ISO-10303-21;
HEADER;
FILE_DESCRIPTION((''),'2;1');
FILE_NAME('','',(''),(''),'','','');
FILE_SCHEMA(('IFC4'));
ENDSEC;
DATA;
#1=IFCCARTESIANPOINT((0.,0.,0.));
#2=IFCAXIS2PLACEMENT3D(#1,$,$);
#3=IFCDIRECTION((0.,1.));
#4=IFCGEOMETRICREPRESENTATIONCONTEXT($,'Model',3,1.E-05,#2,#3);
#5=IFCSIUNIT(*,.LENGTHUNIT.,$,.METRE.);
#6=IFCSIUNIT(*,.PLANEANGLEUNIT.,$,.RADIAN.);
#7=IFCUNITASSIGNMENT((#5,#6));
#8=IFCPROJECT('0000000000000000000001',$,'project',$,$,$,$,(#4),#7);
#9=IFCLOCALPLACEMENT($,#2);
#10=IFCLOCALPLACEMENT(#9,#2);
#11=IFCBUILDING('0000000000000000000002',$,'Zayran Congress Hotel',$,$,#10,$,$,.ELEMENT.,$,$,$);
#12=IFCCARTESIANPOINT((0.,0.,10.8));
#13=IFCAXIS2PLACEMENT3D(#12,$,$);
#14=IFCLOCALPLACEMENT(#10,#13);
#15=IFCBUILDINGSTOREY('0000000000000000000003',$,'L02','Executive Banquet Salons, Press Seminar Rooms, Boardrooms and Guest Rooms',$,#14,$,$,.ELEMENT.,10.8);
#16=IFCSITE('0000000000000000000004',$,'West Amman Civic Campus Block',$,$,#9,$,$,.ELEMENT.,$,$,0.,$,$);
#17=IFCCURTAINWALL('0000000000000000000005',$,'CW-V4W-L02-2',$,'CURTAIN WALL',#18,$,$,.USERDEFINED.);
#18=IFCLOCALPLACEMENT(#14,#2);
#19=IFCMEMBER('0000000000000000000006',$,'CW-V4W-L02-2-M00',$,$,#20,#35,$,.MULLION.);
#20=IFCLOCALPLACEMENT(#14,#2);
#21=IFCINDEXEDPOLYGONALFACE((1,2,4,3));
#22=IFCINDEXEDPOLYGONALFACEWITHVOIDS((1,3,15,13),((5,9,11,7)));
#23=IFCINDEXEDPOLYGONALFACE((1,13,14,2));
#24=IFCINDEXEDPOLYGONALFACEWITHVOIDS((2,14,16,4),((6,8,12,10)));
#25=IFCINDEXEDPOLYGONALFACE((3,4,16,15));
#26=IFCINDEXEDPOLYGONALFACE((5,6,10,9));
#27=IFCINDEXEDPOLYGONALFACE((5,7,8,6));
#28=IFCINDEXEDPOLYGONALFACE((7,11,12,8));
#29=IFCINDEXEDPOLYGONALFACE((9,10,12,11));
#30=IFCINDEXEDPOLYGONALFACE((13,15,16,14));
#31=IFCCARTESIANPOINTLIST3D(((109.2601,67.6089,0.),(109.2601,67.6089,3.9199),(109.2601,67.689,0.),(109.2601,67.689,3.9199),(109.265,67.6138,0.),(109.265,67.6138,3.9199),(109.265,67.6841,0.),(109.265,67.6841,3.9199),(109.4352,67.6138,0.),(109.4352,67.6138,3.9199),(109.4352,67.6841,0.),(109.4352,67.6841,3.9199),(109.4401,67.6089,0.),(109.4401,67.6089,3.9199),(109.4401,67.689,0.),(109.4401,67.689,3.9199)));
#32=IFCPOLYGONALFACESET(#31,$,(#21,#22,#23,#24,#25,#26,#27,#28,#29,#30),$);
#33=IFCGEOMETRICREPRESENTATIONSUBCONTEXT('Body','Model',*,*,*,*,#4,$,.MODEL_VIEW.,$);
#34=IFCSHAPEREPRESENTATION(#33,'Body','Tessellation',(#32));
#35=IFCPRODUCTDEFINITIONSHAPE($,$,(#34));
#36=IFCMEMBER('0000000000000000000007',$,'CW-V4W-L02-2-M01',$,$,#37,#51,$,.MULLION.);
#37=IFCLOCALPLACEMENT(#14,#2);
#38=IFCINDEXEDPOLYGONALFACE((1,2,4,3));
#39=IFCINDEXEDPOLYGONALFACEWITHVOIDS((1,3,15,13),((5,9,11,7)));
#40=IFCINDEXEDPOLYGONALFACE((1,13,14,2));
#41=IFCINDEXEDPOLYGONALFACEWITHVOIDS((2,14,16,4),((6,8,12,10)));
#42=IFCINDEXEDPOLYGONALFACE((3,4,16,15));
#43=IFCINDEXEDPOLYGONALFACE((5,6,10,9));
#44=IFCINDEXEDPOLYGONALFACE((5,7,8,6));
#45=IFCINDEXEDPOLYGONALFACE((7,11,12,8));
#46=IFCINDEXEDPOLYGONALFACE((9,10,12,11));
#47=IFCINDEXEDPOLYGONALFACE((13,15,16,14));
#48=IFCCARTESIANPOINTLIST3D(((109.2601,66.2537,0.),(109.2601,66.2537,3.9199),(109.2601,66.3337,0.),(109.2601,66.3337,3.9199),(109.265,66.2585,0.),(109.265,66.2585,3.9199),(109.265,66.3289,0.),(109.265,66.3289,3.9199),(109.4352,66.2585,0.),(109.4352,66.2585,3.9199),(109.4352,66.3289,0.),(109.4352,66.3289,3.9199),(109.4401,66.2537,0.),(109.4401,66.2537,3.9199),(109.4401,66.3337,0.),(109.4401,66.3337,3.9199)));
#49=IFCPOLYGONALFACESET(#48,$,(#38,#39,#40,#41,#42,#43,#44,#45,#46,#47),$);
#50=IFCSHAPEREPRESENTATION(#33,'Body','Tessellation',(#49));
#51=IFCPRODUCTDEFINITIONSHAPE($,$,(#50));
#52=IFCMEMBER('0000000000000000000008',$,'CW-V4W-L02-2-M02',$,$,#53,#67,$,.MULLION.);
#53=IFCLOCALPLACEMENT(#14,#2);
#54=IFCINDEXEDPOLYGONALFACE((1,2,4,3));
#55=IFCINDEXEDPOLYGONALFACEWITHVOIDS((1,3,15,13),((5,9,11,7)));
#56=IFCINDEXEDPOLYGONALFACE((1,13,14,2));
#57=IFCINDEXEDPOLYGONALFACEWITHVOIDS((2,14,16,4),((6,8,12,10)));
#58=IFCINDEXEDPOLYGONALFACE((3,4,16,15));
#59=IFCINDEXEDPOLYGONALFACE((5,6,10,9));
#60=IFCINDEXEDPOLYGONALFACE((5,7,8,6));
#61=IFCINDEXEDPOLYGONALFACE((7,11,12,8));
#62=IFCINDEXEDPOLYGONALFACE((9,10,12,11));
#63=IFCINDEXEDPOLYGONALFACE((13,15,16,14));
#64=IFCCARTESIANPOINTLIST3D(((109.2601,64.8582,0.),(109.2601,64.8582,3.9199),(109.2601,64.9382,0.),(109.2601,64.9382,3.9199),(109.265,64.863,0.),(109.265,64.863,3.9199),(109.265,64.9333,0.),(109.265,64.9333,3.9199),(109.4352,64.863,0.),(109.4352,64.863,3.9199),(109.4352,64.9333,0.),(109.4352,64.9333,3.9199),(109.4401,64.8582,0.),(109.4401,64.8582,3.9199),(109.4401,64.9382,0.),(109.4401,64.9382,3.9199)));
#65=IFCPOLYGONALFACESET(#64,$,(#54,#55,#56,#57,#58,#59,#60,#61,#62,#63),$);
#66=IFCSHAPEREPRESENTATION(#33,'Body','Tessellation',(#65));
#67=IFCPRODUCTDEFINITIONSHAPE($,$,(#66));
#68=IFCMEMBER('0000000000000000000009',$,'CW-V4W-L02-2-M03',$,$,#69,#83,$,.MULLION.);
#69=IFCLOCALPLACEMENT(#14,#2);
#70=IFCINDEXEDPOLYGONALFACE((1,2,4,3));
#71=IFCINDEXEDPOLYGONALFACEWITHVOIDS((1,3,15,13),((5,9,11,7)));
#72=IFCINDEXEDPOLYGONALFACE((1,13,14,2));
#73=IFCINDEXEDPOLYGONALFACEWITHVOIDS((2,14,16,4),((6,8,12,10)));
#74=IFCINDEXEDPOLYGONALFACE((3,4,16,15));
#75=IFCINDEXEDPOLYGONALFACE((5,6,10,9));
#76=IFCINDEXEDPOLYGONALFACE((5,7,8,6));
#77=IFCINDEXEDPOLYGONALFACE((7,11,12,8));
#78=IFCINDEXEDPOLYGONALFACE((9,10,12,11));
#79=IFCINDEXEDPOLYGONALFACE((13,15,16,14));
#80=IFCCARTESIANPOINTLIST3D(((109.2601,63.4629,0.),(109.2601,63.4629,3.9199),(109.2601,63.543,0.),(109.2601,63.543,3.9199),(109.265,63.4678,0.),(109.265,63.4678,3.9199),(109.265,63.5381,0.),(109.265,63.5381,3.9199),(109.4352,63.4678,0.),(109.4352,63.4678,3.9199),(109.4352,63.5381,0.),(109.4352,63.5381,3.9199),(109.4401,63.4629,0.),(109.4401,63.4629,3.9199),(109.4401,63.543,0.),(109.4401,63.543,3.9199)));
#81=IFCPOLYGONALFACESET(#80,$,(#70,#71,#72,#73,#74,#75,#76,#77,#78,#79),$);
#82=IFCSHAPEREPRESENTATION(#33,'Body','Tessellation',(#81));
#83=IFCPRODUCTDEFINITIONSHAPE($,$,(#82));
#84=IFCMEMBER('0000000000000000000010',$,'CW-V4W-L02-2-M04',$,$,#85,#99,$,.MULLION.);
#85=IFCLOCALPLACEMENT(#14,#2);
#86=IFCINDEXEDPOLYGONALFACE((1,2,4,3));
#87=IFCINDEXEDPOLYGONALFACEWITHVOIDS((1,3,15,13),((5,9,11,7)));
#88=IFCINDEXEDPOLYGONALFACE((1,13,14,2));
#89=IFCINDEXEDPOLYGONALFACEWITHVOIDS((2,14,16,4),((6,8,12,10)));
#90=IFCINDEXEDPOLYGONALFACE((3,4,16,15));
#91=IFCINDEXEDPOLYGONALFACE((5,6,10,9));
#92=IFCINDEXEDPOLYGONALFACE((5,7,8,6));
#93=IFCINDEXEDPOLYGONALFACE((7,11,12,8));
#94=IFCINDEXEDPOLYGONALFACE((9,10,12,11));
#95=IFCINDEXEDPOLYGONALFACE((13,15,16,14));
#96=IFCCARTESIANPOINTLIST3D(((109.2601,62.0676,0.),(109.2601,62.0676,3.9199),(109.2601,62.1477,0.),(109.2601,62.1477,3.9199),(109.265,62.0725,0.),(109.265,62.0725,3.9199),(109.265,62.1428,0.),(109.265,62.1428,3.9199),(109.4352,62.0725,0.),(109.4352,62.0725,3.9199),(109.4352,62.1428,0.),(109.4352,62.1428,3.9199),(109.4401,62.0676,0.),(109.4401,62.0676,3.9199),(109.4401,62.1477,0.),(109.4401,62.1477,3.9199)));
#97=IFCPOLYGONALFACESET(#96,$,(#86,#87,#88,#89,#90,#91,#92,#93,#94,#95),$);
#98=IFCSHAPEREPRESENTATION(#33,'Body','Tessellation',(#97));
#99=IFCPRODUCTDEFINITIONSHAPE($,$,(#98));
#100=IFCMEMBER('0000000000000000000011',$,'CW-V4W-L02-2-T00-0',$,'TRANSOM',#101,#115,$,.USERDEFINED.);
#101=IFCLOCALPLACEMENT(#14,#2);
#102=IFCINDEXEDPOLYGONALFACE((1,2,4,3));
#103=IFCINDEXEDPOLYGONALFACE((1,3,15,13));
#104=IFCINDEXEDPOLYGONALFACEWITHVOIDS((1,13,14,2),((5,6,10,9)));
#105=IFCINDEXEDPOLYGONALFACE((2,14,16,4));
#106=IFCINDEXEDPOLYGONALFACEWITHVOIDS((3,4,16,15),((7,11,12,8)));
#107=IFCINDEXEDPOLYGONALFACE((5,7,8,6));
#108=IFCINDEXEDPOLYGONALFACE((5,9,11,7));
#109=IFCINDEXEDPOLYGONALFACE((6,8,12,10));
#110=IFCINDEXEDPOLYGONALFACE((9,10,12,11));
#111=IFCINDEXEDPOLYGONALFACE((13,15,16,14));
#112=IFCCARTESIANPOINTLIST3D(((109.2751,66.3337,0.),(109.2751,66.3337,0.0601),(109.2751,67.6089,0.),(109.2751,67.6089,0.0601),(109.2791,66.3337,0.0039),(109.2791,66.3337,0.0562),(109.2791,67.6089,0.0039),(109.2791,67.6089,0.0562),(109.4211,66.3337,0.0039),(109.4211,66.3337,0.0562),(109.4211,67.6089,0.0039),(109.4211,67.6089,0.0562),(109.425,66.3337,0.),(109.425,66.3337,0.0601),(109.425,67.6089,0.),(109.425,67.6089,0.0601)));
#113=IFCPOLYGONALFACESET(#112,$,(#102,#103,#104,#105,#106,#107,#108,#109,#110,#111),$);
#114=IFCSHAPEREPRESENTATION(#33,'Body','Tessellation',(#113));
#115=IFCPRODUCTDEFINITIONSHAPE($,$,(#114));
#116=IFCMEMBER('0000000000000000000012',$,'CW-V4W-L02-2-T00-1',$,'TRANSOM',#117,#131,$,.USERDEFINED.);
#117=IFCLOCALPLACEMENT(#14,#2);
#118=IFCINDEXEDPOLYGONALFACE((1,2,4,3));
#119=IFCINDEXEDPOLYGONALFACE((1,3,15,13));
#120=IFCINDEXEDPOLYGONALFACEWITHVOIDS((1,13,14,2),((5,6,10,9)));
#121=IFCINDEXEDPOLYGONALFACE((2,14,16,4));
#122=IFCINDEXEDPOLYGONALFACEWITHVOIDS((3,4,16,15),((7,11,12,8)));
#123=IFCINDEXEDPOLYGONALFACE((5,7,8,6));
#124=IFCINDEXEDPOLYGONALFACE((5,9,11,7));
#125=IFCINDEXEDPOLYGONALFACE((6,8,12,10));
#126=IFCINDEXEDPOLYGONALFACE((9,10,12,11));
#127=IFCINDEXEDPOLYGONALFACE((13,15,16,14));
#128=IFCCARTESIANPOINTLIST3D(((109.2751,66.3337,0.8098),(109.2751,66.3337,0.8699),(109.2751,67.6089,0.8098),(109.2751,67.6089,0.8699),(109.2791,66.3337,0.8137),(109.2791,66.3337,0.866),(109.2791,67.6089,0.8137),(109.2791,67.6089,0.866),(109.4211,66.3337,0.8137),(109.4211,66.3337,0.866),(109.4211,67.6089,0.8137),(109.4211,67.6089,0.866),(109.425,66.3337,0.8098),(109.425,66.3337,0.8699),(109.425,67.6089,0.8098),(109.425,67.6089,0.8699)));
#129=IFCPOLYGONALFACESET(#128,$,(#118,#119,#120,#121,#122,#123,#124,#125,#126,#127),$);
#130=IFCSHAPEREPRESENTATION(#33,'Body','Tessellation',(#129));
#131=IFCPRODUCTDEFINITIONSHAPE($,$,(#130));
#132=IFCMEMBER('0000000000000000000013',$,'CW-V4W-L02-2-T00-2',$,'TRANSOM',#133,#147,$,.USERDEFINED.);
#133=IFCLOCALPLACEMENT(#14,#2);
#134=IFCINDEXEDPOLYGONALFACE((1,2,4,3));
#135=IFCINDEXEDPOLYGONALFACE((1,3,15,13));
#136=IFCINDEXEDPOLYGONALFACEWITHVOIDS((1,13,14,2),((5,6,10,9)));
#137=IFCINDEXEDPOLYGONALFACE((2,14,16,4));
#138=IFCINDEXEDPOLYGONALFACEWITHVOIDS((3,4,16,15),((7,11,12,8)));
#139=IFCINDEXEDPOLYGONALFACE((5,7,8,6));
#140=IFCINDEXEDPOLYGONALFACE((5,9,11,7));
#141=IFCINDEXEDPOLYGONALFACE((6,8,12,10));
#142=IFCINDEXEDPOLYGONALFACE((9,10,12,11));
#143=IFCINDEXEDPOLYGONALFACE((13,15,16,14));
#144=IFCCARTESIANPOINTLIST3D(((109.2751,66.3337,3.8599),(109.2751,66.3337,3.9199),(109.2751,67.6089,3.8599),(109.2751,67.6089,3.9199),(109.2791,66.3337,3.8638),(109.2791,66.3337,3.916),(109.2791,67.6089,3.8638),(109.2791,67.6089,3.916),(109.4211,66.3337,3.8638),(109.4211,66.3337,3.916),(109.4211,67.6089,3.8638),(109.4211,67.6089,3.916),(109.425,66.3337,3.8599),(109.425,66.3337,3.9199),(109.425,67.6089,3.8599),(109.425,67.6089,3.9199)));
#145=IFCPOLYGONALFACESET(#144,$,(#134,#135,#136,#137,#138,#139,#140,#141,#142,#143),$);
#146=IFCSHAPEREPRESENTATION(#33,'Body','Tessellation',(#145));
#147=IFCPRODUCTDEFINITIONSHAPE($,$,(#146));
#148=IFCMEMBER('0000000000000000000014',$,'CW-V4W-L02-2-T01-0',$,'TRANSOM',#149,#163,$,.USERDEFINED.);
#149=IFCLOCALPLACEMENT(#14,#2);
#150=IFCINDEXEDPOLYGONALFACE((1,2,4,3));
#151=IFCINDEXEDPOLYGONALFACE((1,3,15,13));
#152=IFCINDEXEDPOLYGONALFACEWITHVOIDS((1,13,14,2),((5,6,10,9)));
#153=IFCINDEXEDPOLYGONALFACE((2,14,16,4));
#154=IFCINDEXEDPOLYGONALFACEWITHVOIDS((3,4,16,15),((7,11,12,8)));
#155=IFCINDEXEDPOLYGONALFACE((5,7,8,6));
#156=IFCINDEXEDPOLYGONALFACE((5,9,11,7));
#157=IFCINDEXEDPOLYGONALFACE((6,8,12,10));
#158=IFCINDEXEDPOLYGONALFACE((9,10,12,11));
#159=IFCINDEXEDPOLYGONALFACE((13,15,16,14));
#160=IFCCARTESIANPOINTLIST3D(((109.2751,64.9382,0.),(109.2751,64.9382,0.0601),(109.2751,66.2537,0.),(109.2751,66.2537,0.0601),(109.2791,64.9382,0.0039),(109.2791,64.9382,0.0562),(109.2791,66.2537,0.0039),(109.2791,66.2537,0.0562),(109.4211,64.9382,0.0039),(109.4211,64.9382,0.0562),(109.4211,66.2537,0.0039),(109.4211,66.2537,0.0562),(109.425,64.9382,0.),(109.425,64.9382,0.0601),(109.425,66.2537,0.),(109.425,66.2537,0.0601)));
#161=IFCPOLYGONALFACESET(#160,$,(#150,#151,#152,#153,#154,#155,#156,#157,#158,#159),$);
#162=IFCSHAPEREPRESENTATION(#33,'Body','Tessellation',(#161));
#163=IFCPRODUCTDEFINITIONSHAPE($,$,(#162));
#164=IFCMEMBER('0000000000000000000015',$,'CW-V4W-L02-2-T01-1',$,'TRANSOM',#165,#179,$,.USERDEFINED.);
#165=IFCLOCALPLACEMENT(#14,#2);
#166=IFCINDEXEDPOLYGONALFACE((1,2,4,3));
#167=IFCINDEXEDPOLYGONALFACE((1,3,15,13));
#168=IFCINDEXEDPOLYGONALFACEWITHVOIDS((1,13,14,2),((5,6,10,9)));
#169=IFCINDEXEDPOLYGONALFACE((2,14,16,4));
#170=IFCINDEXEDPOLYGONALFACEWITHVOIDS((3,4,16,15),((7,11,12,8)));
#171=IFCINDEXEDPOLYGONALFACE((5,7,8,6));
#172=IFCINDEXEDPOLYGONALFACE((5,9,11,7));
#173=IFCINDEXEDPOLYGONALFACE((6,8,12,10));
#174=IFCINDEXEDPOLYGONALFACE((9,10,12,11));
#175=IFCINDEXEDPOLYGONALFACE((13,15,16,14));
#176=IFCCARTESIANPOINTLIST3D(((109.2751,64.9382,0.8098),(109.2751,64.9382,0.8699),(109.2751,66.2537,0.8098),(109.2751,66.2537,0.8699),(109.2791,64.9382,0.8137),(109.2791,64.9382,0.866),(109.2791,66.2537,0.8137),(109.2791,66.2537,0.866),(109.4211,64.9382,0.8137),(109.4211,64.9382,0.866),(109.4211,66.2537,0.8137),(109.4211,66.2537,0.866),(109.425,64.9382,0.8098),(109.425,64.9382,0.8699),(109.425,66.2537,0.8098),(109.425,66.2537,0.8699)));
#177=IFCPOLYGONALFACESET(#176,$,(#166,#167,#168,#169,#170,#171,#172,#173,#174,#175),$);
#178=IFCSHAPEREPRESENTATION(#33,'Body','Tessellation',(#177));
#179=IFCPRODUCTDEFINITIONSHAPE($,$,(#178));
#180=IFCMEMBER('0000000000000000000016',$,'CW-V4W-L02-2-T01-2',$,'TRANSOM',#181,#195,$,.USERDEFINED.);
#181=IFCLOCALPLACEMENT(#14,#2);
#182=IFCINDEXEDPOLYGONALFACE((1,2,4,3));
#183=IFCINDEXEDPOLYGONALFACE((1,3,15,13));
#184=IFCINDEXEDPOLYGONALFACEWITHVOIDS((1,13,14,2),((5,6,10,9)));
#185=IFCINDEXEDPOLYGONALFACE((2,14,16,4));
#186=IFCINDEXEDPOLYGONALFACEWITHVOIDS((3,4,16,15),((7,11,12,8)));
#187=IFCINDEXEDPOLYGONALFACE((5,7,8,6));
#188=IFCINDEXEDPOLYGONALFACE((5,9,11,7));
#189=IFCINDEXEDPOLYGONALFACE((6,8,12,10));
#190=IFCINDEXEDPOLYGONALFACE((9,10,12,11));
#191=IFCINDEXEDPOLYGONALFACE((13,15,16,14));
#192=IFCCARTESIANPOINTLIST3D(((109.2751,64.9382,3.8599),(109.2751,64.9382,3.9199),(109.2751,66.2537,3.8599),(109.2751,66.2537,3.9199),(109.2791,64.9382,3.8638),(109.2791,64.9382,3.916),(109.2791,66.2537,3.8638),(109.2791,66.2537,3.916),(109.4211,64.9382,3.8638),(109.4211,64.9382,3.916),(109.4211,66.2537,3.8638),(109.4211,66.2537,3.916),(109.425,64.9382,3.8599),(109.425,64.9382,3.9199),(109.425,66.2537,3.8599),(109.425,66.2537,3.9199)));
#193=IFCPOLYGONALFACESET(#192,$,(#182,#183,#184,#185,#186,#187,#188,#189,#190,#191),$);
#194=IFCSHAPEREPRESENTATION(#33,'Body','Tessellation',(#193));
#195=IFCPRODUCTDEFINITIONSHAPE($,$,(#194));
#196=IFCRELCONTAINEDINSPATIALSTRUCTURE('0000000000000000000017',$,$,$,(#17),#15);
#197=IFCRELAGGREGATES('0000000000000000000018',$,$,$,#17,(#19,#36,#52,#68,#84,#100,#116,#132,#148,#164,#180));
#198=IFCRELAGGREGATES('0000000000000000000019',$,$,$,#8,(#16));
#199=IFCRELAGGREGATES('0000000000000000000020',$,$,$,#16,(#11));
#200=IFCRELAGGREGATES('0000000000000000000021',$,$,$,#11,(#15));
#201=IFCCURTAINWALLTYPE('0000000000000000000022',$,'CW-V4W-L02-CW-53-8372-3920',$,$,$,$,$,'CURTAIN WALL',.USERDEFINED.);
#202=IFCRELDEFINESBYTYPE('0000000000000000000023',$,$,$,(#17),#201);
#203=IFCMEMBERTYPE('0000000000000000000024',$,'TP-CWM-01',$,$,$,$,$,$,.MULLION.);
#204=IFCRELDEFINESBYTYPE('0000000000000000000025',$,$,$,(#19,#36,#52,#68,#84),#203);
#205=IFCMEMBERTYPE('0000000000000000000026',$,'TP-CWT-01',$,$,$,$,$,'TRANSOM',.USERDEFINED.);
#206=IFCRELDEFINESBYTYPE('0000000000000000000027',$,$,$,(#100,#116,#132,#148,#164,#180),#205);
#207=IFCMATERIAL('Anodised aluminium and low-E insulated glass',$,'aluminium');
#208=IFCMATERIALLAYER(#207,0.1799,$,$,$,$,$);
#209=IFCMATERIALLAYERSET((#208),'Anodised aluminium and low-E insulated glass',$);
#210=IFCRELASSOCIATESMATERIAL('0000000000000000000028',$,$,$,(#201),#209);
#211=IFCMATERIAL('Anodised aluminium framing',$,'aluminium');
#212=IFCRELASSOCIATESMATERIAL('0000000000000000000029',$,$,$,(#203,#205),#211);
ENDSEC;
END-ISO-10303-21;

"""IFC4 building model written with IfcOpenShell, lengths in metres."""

from ifc_helpers import new_model, si_unit, direction, frame, origin, origin_2d, place, context, subcontext, project, spatial, hollow_rectangle, extrude, material, layer, layer_set, material_profile, profile_set, type_object, element, aggregate, save


model = new_model("IFC4")

# Units and contexts
model_context = context("Model", 3, precision=1e-05, world=origin(), true_north=direction((0.0, 1.0)))
body_context = subcontext(model_context, "Body", "Model", "MODEL_VIEW")
ifc_project = project(units=[si_unit("LENGTHUNIT", "METRE"), si_unit("PLANEANGLEUNIT", "RADIAN")], contexts=[model_context])

# Site, building, storey
site_placement = place(None, origin())
site = spatial("IfcSite", under=ifc_project, at=site_placement, Name="West Amman Civic Campus Block", CompositionType="ELEMENT", RefElevation=0.0)
building_placement = place(site_placement, origin())
building = spatial("IfcBuilding", under=site, at=building_placement, Name="Zayran Congress Hotel", CompositionType="ELEMENT")
storey_placement = place(building_placement, frame((0.0, 0.0, 10.8)))
storey = spatial("IfcBuildingStorey", under=building, at=storey_placement, Name="L02", Description="Executive Banquet Salons, Press Seminar Rooms, Boardrooms and Guest Rooms", CompositionType="ELEMENT", Elevation=10.8)

# Curtain wall, members
ifc_material_1 = material(Name="Anodised aluminium and low-E insulated glass", Category="aluminium")
ifc_layer_1 = layer(ifc_material_1, 0.1799)
ifc_layer_set_1 = layer_set([ifc_layer_1], Name="Anodised aluminium and low-E insulated glass")
curtain_wall_type = type_object("IfcCurtainWallType", Name="CW-V4W-L02-CW-53-8372-3920", ElementType="CURTAIN WALL", PredefinedType="USERDEFINED", material=ifc_layer_set_1)
curtain_wall_placement = place(storey_placement, origin())
curtain_wall = element("IfcCurtainWall", 1, at=curtain_wall_placement, inside=storey, type_object=curtain_wall_type, Name="CW-V4W-L02-2", ObjectType="CURTAIN WALL", PredefinedType="USERDEFINED")
ifc_material_2 = material(Name="Anodised aluminium framing", Category="aluminium")
ifc_material_profile_1 = material_profile(ifc_material_2, hollow_rectangle(XDim=0.0801, YDim=0.1799, WallThickness=0.0049, at=origin_2d()), Name="RHS 180x80x5")
ifc_profile_set_1 = profile_set([ifc_material_profile_1], Name="Anodised aluminium framing")
member_type_1 = type_object("IfcMemberType", Name="TP-CWM-01", PredefinedType="MULLION", material=ifc_profile_set_1)
member_1_placement = place(storey_placement, frame((109.3501, 67.6489, 0.0), z_axis=(0.0, 0.0, 1.0), x_axis=(0.0, 1.0, 0.0)))
member_1 = element("IfcMember", 2, at=member_1_placement, type_object=member_type_1, Name="CW-V4W-L02-2-M00", PredefinedType="MULLION", context=body_context, shape_type="SweptSolid", body=[
    extrude(hollow_rectangle(XDim=0.0801, YDim=0.1799, WallThickness=0.0049, at=origin_2d()), origin(), (0.0, 0.0, 1.0), 3.9199),
])
member_2_placement = place(storey_placement, frame((109.3501, 66.2937, 0.0), z_axis=(0.0, 0.0, 1.0), x_axis=(0.0, 1.0, 0.0)))
member_2 = element("IfcMember", 3, at=member_2_placement, type_object=member_type_1, Name="CW-V4W-L02-2-M01", PredefinedType="MULLION", context=body_context, shape_type="SweptSolid", body=[
    extrude(hollow_rectangle(XDim=0.0801, YDim=0.1799, WallThickness=0.0049, at=origin_2d()), origin(), (0.0, 0.0, 1.0), 3.9199),
])
member_3_placement = place(storey_placement, frame((109.3501, 64.8982, 0.0), z_axis=(0.0, 0.0, 1.0), x_axis=(0.0, 1.0, 0.0)))
member_3 = element("IfcMember", 4, at=member_3_placement, type_object=member_type_1, Name="CW-V4W-L02-2-M02", PredefinedType="MULLION", context=body_context, shape_type="SweptSolid", body=[
    extrude(hollow_rectangle(XDim=0.0801, YDim=0.1799, WallThickness=0.0049, at=origin_2d()), origin(), (0.0, 0.0, 1.0), 3.9199),
])
member_4_placement = place(storey_placement, frame((109.3501, 63.5029, 0.0), z_axis=(0.0, 0.0, 1.0), x_axis=(0.0, 1.0, 0.0)))
member_4 = element("IfcMember", 5, at=member_4_placement, type_object=member_type_1, Name="CW-V4W-L02-2-M03", PredefinedType="MULLION", context=body_context, shape_type="SweptSolid", body=[
    extrude(hollow_rectangle(XDim=0.0801, YDim=0.1799, WallThickness=0.0049, at=origin_2d()), origin(), (0.0, 0.0, 1.0), 3.9199),
])
member_5_placement = place(storey_placement, frame((109.3501, 62.1077, 0.0), z_axis=(0.0, 0.0, 1.0), x_axis=(0.0, 1.0, 0.0)))
member_5 = element("IfcMember", 6, at=member_5_placement, type_object=member_type_1, Name="CW-V4W-L02-2-M04", PredefinedType="MULLION", context=body_context, shape_type="SweptSolid", body=[
    extrude(hollow_rectangle(XDim=0.0801, YDim=0.1799, WallThickness=0.0049, at=origin_2d()), origin(), (0.0, 0.0, 1.0), 3.9199),
])
ifc_material_profile_2 = material_profile(ifc_material_2, hollow_rectangle(XDim=0.0601, YDim=0.1499, WallThickness=0.0039, at=origin_2d()), Name="RHS 150x60x4")
ifc_profile_set_2 = profile_set([ifc_material_profile_2], Name="Anodised aluminium framing")
member_type_2 = type_object("IfcMemberType", Name="TP-CWT-01", ElementType="TRANSOM", PredefinedType="USERDEFINED", material=ifc_profile_set_2)
member_6_placement = place(storey_placement, frame((109.3501, 67.6089, 0.03), z_axis=(0.0, -1.0, 0.0), x_axis=(0.0, 0.0, 1.0)))
member_6 = element("IfcMember", 7, at=member_6_placement, type_object=member_type_2, Name="CW-V4W-L02-2-T00-0", ObjectType="TRANSOM", PredefinedType="USERDEFINED", context=body_context, shape_type="SweptSolid", body=[
    extrude(hollow_rectangle(XDim=0.0601, YDim=0.1499, WallThickness=0.0039, at=origin_2d()), origin(), (0.0, 0.0, 1.0), 1.2751),
])
member_7_placement = place(storey_placement, frame((109.3501, 67.6089, 0.8398), z_axis=(0.0, -1.0, 0.0), x_axis=(0.0, 0.0, 1.0)))
member_7 = element("IfcMember", 8, at=member_7_placement, type_object=member_type_2, Name="CW-V4W-L02-2-T00-1", ObjectType="TRANSOM", PredefinedType="USERDEFINED", context=body_context, shape_type="SweptSolid", body=[
    extrude(hollow_rectangle(XDim=0.0601, YDim=0.1499, WallThickness=0.0039, at=origin_2d()), origin(), (0.0, 0.0, 1.0), 1.2751),
])
member_8_placement = place(storey_placement, frame((109.3501, 67.6089, 3.8899), z_axis=(0.0, -1.0, 0.0), x_axis=(0.0, 0.0, 1.0)))
member_8 = element("IfcMember", 9, at=member_8_placement, type_object=member_type_2, Name="CW-V4W-L02-2-T00-2", ObjectType="TRANSOM", PredefinedType="USERDEFINED", context=body_context, shape_type="SweptSolid", body=[
    extrude(hollow_rectangle(XDim=0.0601, YDim=0.1499, WallThickness=0.0039, at=origin_2d()), origin(), (0.0, 0.0, 1.0), 1.2751),
])
member_9_placement = place(storey_placement, frame((109.3501, 66.2537, 0.03), z_axis=(0.0, -1.0, 0.0), x_axis=(0.0, 0.0, 1.0)))
member_9 = element("IfcMember", 10, at=member_9_placement, type_object=member_type_2, Name="CW-V4W-L02-2-T01-0", ObjectType="TRANSOM", PredefinedType="USERDEFINED", context=body_context, shape_type="SweptSolid", body=[
    extrude(hollow_rectangle(XDim=0.0601, YDim=0.1499, WallThickness=0.0039, at=origin_2d()), origin(), (0.0, 0.0, 1.0), 1.3154),
])
member_10_placement = place(storey_placement, frame((109.3501, 66.2537, 0.8398), z_axis=(0.0, -1.0, 0.0), x_axis=(0.0, 0.0, 1.0)))
member_10 = element("IfcMember", 11, at=member_10_placement, type_object=member_type_2, Name="CW-V4W-L02-2-T01-1", ObjectType="TRANSOM", PredefinedType="USERDEFINED", context=body_context, shape_type="SweptSolid", body=[
    extrude(hollow_rectangle(XDim=0.0601, YDim=0.1499, WallThickness=0.0039, at=origin_2d()), origin(), (0.0, 0.0, 1.0), 1.3154),
])
member_11_placement = place(storey_placement, frame((109.3501, 66.2537, 3.8899), z_axis=(0.0, -1.0, 0.0), x_axis=(0.0, 0.0, 1.0)))
member_11 = element("IfcMember", 12, at=member_11_placement, type_object=member_type_2, Name="CW-V4W-L02-2-T01-2", ObjectType="TRANSOM", PredefinedType="USERDEFINED", context=body_context, shape_type="SweptSolid", body=[
    extrude(hollow_rectangle(XDim=0.0601, YDim=0.1499, WallThickness=0.0039, at=origin_2d()), origin(), (0.0, 0.0, 1.0), 1.3154),
])
aggregate(curtain_wall, [member_1, member_2, member_3, member_4, member_5, member_6, member_7, member_8, member_9, member_10, member_11])

save(model, "model.ifc")
